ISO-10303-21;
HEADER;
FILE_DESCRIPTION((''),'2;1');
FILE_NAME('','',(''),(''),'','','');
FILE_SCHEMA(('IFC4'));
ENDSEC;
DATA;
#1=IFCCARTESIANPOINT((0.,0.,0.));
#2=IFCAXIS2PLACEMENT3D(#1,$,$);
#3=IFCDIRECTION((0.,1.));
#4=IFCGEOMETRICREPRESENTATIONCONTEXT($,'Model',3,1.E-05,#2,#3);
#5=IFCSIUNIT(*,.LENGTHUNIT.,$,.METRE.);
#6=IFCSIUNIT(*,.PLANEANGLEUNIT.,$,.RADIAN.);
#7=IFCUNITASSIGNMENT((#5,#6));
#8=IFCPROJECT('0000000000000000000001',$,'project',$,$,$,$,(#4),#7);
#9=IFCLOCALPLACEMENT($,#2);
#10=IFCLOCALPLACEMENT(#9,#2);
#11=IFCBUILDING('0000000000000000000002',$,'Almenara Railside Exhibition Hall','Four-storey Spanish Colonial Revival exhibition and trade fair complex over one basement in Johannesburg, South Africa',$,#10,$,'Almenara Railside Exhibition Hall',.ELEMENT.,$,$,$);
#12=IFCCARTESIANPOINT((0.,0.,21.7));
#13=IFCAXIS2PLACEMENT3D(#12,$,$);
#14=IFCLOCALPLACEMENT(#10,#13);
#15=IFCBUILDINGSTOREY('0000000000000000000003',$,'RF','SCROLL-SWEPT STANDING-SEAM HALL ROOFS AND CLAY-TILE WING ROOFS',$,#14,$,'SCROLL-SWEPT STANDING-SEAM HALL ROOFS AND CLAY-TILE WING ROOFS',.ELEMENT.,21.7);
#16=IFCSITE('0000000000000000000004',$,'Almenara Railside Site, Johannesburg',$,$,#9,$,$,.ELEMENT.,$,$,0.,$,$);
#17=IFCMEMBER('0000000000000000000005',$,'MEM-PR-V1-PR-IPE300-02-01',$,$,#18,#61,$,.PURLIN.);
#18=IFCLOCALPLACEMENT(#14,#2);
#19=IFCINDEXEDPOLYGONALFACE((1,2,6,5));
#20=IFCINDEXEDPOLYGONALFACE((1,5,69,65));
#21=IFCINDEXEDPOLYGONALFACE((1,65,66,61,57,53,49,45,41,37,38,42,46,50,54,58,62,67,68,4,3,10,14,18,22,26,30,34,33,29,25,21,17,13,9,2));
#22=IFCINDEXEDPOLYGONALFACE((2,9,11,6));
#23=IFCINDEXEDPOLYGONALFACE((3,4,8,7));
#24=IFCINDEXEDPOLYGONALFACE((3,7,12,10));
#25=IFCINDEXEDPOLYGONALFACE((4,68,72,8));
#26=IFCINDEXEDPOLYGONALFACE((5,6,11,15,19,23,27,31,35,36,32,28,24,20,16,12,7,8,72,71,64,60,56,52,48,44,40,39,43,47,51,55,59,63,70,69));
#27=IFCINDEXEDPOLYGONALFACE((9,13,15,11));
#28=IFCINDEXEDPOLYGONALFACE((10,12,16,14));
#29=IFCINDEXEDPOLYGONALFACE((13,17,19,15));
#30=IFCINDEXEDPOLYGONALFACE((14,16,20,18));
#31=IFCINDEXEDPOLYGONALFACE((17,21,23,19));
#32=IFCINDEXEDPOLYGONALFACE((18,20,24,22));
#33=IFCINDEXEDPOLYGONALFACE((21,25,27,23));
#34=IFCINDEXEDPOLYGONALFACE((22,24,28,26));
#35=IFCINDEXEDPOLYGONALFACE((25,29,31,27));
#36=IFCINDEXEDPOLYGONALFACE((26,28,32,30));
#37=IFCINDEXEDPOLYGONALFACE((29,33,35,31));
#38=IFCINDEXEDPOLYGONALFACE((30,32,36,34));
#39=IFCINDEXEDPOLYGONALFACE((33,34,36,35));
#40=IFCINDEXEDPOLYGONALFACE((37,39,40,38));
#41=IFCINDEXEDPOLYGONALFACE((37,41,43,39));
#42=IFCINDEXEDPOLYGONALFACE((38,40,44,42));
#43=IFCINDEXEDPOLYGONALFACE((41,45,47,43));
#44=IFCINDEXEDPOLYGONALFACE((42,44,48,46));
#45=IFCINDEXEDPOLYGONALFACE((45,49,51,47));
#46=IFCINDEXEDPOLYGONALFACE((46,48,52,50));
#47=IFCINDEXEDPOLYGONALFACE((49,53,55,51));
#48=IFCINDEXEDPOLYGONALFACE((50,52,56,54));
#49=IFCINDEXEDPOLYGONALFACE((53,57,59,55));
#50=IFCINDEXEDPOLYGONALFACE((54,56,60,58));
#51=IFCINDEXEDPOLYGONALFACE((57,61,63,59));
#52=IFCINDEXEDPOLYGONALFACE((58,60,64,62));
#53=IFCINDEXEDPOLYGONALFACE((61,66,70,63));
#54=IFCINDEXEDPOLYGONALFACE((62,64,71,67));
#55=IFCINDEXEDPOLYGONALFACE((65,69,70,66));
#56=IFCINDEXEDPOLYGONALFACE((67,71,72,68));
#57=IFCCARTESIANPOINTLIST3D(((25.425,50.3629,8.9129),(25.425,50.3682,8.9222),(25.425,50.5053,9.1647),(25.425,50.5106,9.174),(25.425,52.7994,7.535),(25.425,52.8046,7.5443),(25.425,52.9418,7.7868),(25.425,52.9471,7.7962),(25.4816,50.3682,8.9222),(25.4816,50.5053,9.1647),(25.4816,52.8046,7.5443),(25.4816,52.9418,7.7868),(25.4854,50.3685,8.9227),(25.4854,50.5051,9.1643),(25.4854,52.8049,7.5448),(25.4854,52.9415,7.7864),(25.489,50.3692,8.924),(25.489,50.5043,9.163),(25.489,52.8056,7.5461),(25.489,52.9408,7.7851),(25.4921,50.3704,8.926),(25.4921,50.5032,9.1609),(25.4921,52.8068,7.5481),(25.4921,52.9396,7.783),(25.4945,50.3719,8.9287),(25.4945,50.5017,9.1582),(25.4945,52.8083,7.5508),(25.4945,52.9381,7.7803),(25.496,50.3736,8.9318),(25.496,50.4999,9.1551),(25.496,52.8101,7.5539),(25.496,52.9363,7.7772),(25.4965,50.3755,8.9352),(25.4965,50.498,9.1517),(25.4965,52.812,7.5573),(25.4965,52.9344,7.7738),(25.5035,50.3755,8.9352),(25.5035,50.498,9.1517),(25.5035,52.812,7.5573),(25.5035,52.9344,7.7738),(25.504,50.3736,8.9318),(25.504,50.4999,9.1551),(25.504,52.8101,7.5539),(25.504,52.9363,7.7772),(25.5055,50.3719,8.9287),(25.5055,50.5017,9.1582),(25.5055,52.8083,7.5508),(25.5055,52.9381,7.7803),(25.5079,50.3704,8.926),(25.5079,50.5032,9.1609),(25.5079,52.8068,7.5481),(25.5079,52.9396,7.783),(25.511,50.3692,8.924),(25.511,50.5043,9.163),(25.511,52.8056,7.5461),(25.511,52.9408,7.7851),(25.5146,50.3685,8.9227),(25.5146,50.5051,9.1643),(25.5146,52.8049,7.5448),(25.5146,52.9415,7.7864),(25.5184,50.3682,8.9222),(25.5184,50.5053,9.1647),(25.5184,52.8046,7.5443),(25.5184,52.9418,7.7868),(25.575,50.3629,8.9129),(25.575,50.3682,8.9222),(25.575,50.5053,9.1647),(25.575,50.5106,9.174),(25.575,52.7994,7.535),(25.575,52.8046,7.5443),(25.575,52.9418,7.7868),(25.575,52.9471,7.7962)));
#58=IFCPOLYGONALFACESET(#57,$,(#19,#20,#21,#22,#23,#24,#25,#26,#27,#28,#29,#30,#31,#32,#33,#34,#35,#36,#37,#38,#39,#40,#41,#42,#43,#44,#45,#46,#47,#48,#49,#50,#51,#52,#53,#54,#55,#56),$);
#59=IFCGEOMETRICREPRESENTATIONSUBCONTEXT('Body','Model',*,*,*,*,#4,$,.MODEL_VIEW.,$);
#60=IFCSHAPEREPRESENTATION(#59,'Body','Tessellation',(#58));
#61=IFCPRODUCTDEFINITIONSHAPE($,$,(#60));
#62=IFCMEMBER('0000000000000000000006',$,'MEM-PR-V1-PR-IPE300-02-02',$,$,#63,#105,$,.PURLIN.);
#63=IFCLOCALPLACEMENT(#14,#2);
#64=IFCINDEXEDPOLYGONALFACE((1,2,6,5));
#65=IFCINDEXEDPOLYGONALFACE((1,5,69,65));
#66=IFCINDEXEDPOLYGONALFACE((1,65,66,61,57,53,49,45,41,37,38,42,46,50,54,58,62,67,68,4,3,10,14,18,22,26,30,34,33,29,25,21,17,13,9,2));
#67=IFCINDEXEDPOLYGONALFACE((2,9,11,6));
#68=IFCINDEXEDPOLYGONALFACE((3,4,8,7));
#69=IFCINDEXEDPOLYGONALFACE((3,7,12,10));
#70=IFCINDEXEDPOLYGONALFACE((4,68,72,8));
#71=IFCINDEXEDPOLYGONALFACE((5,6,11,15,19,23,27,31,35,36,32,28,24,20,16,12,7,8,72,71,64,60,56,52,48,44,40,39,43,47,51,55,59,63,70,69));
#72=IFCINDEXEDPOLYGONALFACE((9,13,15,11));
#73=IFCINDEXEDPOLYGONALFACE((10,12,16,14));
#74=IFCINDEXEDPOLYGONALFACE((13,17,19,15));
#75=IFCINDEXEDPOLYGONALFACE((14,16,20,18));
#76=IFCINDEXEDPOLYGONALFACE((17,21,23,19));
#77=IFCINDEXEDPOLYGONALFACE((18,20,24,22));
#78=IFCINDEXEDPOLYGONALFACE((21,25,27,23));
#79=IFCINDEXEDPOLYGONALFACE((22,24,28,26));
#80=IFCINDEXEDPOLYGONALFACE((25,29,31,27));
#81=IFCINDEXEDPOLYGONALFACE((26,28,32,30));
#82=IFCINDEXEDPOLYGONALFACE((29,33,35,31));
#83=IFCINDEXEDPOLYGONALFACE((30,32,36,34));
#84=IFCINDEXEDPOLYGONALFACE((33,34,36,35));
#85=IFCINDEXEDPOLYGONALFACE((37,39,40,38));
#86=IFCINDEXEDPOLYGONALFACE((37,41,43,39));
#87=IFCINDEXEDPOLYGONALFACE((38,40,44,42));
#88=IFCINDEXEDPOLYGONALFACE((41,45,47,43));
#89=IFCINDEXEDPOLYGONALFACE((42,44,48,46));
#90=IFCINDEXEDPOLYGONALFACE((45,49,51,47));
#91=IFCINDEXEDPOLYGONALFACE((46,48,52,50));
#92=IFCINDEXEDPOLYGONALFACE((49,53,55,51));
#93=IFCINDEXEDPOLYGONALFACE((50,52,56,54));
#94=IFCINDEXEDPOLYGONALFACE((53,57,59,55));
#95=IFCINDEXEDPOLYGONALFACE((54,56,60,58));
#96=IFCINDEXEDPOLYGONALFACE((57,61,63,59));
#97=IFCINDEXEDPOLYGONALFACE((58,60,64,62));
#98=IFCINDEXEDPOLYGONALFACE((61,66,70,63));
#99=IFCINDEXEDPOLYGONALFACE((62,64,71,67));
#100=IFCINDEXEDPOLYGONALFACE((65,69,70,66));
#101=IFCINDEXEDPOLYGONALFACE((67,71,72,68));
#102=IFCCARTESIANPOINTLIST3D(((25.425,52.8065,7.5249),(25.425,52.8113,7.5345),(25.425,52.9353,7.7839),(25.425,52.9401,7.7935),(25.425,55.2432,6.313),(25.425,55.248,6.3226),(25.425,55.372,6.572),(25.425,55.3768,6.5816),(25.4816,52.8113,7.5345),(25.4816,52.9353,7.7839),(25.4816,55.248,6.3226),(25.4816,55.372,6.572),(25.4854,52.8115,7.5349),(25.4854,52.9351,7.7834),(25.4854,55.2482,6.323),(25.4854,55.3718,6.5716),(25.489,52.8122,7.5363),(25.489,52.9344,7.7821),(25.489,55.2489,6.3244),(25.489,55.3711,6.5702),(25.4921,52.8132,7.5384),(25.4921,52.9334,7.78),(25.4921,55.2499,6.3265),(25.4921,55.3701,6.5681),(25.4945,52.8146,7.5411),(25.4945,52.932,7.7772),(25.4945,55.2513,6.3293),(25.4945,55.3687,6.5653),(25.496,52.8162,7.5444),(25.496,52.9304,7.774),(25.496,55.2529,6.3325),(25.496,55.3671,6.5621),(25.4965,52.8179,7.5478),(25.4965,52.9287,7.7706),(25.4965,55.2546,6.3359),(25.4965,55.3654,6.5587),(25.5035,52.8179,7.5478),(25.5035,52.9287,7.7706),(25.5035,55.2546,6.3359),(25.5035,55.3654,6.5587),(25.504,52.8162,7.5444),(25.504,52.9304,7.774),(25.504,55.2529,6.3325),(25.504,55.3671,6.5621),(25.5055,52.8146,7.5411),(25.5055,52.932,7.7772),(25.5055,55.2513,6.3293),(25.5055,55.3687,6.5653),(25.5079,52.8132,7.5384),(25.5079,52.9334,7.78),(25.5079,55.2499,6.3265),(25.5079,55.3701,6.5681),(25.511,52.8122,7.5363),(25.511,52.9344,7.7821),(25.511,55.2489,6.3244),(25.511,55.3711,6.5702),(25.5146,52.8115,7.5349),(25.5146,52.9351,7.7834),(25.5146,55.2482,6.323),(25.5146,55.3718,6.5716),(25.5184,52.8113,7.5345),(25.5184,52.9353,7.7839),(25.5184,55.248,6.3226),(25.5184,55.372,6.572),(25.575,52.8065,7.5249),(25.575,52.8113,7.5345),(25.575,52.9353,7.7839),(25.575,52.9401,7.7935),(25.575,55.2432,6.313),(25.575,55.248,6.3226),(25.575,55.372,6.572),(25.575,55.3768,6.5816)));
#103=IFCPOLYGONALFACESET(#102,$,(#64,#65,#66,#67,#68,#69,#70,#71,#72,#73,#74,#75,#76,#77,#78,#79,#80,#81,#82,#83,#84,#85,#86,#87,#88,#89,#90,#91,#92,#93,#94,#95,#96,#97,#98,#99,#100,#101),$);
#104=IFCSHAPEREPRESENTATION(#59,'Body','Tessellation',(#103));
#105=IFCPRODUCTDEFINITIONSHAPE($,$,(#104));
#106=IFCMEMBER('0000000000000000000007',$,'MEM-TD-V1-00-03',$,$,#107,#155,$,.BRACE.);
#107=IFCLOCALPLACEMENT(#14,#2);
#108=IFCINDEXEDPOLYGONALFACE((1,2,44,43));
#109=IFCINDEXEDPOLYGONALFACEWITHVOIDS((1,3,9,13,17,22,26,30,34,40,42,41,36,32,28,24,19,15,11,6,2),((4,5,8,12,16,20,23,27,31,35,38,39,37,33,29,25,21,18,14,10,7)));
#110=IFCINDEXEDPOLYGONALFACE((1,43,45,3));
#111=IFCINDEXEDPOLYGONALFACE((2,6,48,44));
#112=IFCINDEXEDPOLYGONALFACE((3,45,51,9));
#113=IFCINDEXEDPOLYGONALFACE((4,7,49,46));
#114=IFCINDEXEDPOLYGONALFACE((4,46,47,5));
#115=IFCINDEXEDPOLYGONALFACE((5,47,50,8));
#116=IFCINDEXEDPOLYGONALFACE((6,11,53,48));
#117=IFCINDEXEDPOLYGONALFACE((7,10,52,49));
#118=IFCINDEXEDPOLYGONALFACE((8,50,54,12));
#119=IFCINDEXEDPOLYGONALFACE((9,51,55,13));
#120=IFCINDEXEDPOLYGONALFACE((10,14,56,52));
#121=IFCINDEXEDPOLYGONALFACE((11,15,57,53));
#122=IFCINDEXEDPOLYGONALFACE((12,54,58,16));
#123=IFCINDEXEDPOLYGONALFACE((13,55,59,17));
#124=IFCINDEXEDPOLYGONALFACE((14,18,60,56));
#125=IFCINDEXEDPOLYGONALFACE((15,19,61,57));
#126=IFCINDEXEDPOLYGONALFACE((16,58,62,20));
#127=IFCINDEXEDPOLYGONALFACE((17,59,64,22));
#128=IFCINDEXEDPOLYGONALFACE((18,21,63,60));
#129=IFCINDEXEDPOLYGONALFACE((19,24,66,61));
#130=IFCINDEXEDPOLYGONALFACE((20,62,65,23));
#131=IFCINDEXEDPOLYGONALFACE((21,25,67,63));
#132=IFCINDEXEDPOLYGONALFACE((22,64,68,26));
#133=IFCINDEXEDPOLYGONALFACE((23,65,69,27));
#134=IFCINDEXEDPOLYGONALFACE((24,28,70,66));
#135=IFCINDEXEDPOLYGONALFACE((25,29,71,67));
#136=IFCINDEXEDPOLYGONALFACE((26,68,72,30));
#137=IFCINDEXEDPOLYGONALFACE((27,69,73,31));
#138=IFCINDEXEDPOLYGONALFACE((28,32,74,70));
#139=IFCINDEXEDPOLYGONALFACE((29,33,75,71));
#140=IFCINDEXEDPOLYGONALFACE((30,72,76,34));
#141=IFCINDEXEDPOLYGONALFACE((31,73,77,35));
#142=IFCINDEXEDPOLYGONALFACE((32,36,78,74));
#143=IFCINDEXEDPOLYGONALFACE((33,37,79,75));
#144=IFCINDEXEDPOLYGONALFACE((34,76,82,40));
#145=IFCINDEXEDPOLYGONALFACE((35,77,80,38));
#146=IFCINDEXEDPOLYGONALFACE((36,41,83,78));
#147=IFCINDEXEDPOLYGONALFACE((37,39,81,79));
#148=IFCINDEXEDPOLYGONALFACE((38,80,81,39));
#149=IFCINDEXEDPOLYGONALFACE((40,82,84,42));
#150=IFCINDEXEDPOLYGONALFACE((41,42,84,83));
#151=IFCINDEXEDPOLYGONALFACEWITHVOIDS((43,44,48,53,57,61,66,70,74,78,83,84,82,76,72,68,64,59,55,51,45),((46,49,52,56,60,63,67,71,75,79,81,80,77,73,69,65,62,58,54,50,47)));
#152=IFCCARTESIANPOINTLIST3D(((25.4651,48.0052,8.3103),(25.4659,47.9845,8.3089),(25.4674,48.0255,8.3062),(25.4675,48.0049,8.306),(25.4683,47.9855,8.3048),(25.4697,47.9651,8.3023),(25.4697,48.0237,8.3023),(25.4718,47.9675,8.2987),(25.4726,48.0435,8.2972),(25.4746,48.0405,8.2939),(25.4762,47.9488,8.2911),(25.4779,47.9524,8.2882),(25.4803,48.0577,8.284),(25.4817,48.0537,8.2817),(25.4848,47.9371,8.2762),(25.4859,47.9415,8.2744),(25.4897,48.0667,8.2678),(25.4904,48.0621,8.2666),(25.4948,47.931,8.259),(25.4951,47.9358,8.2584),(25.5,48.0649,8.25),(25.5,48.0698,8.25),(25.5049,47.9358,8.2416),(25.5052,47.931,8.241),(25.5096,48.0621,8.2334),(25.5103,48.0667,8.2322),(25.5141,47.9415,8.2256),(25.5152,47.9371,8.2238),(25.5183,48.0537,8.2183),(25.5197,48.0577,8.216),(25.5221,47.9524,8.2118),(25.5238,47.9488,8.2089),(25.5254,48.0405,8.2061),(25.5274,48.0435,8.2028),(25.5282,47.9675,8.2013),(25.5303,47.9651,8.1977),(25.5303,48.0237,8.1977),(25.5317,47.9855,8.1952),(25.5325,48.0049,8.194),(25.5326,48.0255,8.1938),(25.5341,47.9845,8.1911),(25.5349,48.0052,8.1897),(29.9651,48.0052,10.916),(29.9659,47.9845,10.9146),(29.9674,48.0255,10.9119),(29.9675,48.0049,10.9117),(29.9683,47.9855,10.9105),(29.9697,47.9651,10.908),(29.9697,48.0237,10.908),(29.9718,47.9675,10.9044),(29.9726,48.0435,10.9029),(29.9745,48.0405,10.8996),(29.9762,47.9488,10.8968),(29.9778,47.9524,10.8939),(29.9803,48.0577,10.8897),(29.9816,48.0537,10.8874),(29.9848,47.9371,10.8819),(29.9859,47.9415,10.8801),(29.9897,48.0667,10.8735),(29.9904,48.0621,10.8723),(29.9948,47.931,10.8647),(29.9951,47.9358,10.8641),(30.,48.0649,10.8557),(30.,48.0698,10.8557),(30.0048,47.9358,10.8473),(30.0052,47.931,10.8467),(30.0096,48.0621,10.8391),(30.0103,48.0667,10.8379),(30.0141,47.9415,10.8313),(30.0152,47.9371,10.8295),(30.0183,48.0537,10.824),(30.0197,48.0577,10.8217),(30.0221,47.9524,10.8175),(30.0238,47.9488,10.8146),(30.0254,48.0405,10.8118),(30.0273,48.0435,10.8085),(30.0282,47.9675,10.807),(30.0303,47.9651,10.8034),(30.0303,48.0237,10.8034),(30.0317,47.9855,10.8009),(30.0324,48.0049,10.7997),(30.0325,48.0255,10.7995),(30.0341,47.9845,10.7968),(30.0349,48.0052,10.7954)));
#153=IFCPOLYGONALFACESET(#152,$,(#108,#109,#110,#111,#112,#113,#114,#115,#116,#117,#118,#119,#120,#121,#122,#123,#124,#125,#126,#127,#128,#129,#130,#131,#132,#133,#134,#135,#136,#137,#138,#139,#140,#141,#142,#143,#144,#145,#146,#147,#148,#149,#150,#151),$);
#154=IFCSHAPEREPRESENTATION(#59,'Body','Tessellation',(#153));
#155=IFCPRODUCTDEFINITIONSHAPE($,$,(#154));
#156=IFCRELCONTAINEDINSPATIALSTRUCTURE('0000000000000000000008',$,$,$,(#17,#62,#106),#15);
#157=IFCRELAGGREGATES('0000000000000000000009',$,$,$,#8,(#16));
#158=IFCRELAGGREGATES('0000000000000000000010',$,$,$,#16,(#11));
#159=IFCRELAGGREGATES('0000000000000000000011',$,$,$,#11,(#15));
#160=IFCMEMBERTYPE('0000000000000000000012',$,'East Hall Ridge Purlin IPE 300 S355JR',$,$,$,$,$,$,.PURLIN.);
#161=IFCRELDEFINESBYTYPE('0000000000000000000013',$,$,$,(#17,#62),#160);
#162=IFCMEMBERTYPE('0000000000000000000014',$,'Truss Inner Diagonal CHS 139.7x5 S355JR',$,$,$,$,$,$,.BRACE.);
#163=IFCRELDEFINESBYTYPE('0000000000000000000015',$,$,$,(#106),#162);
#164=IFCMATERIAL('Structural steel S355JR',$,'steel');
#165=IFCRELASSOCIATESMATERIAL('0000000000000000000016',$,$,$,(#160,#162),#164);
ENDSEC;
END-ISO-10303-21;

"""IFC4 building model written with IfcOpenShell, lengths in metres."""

from ifc_helpers import new_model, si_unit, direction, frame, origin, origin_2d, place, context, subcontext, project, spatial, hollow_circle, i_section, extrude, material, material_profile, profile_set, type_object, element, save


model = new_model("IFC4")

# Units and contexts
model_context = context("Model", 3, precision=1e-05, world=origin(), true_north=direction((0.0, 1.0)))
body_context = subcontext(model_context, "Body", "Model", "MODEL_VIEW")
ifc_project = project(units=[si_unit("LENGTHUNIT", "METRE"), si_unit("PLANEANGLEUNIT", "RADIAN")], contexts=[model_context])

# Site, building, storey
site_placement = place(None, origin())
site = spatial("IfcSite", under=ifc_project, at=site_placement, Name="Almenara Railside Site, Johannesburg", CompositionType="ELEMENT", RefElevation=0.0)
building_placement = place(site_placement, origin())
building = spatial("IfcBuilding", under=site, at=building_placement, Name="Almenara Railside Exhibition Hall", Description="Four-storey Spanish Colonial Revival exhibition and trade fair complex over one basement in Johannesburg, South Africa", LongName="Almenara Railside Exhibition Hall", CompositionType="ELEMENT")
storey_placement = place(building_placement, frame((0.0, 0.0, 21.7)))
storey = spatial("IfcBuildingStorey", under=building, at=storey_placement, Name="RF", Description="SCROLL-SWEPT STANDING-SEAM HALL ROOFS AND CLAY-TILE WING ROOFS", LongName="SCROLL-SWEPT STANDING-SEAM HALL ROOFS AND CLAY-TILE WING ROOFS", CompositionType="ELEMENT", Elevation=21.7)

# Members
ifc_material_1 = material(Name="Structural steel S355JR", Category="steel")
ifc_material_profile_1 = material_profile(ifc_material_1, i_section(OverallWidth=0.1499, OverallDepth=0.3, WebThickness=0.0071, FlangeThickness=0.0107, FilletRadius=0.0149, at=origin_2d()), Name="IPE 300")
ifc_profile_set_1 = profile_set([ifc_material_profile_1], Name="Structural steel S355JR")
member_type_1 = type_object("IfcMemberType", Name="East Hall Ridge Purlin IPE 300 S355JR", PredefinedType="PURLIN", material=ifc_profile_set_1)
member_1_placement = place(storey_placement, frame((25.5, 50.4368, 9.0435), z_axis=(0.0, 0.870446, -0.492264), x_axis=(-1.0, 0.0, 0.0)))
element("IfcMember", 1, at=member_1_placement, inside=storey, type_object=member_type_1, Name="MEM-PR-V1-PR-IPE300-02-01", PredefinedType="PURLIN", context=body_context, shape_type="SweptSolid", body=[
    extrude(i_section(OverallWidth=0.1499, OverallDepth=0.3, WebThickness=0.0071, FlangeThickness=0.0107, FilletRadius=0.0149, at=origin_2d()), origin(), (0.0, 0.0, 1.0), 2.7991),
])
member_2_placement = place(storey_placement, frame((25.5, 52.8733, 7.6592), z_axis=(0.0, 0.895376, -0.445311), x_axis=(-1.0, 0.0, 0.0)))
element("IfcMember", 2, at=member_2_placement, inside=storey, type_object=member_type_1, Name="MEM-PR-V1-PR-IPE300-02-02", PredefinedType="PURLIN", context=body_context, shape_type="SweptSolid", body=[
    extrude(i_section(OverallWidth=0.1499, OverallDepth=0.3, WebThickness=0.0071, FlangeThickness=0.0107, FilletRadius=0.0149, at=origin_2d()), origin(), (0.0, 0.0, 1.0), 2.7214),
])
ifc_material_profile_2 = material_profile(ifc_material_1, hollow_circle(Radius=0.0698, WallThickness=0.0049, at=origin_2d()), Name="CHS 139.7x5")
ifc_profile_set_2 = profile_set([ifc_material_profile_2], Name="Structural steel S355JR")
member_type_2 = type_object("IfcMemberType", Name="Truss Inner Diagonal CHS 139.7x5 S355JR", PredefinedType="BRACE", material=ifc_profile_set_2)
member_3_placement = place(storey_placement, frame((25.5, 48.0, 8.25), z_axis=(0.865389, 0.0, 0.501101), x_axis=(0.0, 1.0, 0.0)))
element("IfcMember", 3, at=member_3_placement, inside=storey, type_object=member_type_2, Name="MEM-TD-V1-00-03", PredefinedType="BRACE", context=body_context, shape_type="SweptSolid", body=[
    extrude(hollow_circle(Radius=0.0698, WallThickness=0.0049, at=origin_2d()), origin(), (0.0, 0.0, 1.0), 5.2),
])

save(model, "model.ifc")
